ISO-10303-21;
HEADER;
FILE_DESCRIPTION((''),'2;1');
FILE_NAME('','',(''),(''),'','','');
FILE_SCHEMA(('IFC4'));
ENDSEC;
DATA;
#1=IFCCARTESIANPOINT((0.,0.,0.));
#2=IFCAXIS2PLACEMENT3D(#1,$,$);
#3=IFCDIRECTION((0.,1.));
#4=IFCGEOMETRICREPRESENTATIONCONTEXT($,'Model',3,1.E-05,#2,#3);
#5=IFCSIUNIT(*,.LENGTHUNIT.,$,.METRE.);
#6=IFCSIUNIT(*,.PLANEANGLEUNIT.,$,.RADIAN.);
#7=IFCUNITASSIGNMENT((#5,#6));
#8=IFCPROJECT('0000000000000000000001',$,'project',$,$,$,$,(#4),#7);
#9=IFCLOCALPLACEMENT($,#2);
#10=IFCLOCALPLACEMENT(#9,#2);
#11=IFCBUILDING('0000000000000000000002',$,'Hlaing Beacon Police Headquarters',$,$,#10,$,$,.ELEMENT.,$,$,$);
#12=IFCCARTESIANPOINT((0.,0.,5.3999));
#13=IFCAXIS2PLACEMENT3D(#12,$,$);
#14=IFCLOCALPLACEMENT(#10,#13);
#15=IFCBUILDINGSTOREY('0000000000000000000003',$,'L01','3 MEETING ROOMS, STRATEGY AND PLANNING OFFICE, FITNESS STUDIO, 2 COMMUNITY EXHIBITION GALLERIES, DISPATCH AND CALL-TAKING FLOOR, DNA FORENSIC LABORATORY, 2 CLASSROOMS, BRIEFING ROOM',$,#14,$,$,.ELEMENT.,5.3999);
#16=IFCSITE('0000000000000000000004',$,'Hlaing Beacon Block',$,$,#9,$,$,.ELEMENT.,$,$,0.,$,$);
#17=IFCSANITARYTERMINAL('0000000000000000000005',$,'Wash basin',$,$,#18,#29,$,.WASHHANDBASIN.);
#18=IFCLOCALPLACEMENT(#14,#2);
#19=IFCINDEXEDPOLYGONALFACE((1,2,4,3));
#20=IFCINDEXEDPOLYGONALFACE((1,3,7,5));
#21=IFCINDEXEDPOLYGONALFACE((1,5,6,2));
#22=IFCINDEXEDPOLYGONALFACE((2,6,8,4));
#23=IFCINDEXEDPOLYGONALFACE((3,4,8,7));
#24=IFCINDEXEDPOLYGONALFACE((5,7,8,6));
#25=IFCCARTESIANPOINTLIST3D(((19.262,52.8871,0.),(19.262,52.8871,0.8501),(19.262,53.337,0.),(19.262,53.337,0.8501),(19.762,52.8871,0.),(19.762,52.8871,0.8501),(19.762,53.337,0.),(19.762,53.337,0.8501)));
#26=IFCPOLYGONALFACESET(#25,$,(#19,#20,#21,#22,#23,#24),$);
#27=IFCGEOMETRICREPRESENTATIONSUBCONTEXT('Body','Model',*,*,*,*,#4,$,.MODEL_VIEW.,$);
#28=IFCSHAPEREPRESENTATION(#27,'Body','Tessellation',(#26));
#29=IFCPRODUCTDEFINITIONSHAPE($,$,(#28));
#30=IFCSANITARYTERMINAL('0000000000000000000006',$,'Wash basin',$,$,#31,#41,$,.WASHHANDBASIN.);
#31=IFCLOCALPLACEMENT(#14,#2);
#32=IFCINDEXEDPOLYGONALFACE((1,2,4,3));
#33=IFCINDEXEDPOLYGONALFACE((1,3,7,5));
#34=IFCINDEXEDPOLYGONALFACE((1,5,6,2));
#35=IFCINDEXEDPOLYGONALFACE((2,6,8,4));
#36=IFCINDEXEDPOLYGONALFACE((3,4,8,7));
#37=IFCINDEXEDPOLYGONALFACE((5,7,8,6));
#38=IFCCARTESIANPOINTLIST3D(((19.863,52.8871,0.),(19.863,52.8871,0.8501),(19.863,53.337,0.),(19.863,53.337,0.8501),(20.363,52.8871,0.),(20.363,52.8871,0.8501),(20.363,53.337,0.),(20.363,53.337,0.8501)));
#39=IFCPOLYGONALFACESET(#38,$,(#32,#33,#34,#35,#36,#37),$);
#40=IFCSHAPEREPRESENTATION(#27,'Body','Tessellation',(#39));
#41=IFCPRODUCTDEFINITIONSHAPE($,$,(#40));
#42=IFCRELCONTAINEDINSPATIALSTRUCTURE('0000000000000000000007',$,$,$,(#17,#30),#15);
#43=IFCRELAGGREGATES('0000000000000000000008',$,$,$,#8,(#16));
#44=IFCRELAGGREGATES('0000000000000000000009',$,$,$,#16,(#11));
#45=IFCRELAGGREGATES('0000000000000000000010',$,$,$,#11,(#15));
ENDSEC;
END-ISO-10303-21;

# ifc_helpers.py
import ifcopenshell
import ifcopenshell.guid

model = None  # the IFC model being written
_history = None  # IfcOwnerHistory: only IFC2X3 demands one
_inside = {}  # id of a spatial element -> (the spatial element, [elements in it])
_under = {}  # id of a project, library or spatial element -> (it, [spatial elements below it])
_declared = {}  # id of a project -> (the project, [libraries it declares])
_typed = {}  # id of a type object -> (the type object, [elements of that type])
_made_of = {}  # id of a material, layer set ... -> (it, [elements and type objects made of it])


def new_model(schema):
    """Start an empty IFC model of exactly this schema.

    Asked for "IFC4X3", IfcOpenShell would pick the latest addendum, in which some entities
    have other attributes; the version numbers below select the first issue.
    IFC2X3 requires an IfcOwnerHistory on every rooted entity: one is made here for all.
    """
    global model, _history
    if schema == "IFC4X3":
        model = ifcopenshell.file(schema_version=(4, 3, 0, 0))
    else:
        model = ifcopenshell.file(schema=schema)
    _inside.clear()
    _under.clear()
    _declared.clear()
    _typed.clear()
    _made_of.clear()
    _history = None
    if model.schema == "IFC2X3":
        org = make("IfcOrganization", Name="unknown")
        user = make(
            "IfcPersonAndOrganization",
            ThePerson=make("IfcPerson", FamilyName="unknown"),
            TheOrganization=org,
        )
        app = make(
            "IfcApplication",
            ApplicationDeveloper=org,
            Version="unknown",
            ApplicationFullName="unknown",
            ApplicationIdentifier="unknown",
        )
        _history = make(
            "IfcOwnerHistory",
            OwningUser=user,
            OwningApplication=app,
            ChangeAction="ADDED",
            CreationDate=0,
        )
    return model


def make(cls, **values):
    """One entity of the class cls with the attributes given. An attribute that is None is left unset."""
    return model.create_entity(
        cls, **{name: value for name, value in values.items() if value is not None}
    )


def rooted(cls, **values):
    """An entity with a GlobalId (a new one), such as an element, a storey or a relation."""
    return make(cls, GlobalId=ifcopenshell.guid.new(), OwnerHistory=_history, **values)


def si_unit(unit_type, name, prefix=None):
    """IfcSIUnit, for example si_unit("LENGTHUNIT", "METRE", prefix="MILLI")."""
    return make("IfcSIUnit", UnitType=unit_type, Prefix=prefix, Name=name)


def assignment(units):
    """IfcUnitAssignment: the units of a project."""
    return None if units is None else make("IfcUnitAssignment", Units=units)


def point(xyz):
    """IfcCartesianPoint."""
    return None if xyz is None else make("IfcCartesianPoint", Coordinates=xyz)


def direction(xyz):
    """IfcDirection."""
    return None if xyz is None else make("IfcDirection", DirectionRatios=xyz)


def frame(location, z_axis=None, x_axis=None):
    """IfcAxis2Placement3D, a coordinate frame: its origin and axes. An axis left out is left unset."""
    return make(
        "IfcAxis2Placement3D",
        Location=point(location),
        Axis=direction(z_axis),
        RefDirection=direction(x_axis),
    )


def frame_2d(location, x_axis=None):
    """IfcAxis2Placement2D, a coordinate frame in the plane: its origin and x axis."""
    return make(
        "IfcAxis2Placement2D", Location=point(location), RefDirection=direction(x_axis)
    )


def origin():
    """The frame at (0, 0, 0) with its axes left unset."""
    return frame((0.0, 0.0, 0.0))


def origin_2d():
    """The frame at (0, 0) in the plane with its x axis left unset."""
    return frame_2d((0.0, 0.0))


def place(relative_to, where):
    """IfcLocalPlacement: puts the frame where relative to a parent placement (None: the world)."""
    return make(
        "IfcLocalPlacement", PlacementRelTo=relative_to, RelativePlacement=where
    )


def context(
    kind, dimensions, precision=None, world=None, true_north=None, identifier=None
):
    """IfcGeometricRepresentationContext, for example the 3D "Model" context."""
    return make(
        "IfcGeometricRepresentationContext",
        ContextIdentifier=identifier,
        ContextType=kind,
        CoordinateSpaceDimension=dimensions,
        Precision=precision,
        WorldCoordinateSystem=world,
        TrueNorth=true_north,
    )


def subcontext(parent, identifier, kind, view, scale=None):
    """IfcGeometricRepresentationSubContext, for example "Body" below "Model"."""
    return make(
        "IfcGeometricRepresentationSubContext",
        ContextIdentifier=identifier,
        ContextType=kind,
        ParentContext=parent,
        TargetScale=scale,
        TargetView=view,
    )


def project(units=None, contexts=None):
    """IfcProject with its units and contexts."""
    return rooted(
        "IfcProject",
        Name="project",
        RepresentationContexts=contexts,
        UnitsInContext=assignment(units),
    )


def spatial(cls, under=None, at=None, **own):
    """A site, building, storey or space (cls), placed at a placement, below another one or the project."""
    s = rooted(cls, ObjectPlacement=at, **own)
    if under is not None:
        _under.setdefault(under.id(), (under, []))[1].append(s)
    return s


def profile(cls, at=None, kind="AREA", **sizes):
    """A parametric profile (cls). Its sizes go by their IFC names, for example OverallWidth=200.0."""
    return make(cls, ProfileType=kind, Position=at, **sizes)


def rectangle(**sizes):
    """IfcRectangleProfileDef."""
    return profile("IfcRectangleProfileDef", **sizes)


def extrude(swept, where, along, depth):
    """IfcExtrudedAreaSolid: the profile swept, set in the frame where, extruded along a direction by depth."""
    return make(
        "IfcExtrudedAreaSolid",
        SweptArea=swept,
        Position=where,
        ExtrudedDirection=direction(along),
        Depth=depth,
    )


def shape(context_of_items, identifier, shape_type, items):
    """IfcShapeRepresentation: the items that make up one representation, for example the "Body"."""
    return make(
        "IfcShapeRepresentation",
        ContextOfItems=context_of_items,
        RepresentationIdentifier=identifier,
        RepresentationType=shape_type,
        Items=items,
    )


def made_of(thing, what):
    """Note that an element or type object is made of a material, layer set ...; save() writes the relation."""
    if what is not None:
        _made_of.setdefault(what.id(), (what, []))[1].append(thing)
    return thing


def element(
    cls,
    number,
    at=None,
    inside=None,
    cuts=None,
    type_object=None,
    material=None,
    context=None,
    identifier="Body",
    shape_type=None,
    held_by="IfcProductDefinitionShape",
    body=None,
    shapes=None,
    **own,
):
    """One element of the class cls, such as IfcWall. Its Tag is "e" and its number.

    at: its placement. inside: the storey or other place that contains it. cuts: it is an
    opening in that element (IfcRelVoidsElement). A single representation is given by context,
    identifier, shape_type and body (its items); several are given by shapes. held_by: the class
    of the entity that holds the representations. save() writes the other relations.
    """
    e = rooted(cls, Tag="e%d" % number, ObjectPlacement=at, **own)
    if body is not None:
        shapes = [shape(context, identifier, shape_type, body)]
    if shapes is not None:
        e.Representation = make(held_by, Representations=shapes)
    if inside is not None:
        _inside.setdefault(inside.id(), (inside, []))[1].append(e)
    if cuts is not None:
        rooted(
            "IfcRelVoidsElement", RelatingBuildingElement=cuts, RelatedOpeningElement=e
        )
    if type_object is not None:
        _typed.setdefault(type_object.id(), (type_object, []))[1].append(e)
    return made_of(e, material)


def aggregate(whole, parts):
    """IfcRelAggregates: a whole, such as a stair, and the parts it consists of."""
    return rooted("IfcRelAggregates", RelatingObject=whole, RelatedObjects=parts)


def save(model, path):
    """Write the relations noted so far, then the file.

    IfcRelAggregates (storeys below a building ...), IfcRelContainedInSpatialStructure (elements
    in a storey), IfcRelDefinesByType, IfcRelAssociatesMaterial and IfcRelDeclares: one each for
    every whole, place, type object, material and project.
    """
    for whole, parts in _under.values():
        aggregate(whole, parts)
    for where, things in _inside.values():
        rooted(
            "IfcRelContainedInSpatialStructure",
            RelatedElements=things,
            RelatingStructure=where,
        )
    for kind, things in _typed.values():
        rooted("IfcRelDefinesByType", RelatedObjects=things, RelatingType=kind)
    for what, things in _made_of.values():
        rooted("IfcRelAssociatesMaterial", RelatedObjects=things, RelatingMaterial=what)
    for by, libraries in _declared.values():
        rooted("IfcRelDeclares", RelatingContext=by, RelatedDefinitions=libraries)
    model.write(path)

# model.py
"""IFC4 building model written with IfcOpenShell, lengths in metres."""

from ifc_helpers import new_model, si_unit, direction, frame, origin, origin_2d, place, context, subcontext, project, spatial, rectangle, extrude, element, save


model = new_model("IFC4")

# Units and contexts
model_context = context("Model", 3, precision=1e-05, world=origin(), true_north=direction((0.0, 1.0)))
body_context = subcontext(model_context, "Body", "Model", "MODEL_VIEW")
ifc_project = project(units=[si_unit("LENGTHUNIT", "METRE"), si_unit("PLANEANGLEUNIT", "RADIAN")], contexts=[model_context])

# Site, building, storey
site_placement = place(None, origin())
site = spatial("IfcSite", under=ifc_project, at=site_placement, Name="Hlaing Beacon Block", CompositionType="ELEMENT", RefElevation=0.0)
building_placement = place(site_placement, origin())
building = spatial("IfcBuilding", under=site, at=building_placement, Name="Hlaing Beacon Police Headquarters", CompositionType="ELEMENT")
storey_placement = place(building_placement, frame((0.0, 0.0, 5.3999)))
storey = spatial("IfcBuildingStorey", under=building, at=storey_placement, Name="L01", Description="3 MEETING ROOMS, STRATEGY AND PLANNING OFFICE, FITNESS STUDIO, 2 COMMUNITY EXHIBITION GALLERIES, DISPATCH AND CALL-TAKING FLOOR, DNA FORENSIC LABORATORY, 2 CLASSROOMS, BRIEFING ROOM", CompositionType="ELEMENT", Elevation=5.3999)

# Sanitary terminals
for number, where, z_axis, x_axis, name in (
    (1, (19.512, 53.1121, 0.0), (0.0, 0.0, 1.0), (1.0, 0.0, 0.0), "Wash basin"),
    (2, (20.113, 53.1121, 0.0), (0.0, 0.0, 1.0), (1.0, 0.0, 0.0), "Wash basin"),
):
    element("IfcSanitaryTerminal", number, at=place(storey_placement, frame(where, z_axis=z_axis, x_axis=x_axis)), inside=storey, Name=name, PredefinedType="WASHHANDBASIN", context=body_context, shape_type="SweptSolid", body=[
        extrude(rectangle(XDim=0.5, YDim=0.45, at=origin_2d()), origin(), (0.0, 0.0, 1.0), 0.8501),
    ])

save(model, "model.ifc")
